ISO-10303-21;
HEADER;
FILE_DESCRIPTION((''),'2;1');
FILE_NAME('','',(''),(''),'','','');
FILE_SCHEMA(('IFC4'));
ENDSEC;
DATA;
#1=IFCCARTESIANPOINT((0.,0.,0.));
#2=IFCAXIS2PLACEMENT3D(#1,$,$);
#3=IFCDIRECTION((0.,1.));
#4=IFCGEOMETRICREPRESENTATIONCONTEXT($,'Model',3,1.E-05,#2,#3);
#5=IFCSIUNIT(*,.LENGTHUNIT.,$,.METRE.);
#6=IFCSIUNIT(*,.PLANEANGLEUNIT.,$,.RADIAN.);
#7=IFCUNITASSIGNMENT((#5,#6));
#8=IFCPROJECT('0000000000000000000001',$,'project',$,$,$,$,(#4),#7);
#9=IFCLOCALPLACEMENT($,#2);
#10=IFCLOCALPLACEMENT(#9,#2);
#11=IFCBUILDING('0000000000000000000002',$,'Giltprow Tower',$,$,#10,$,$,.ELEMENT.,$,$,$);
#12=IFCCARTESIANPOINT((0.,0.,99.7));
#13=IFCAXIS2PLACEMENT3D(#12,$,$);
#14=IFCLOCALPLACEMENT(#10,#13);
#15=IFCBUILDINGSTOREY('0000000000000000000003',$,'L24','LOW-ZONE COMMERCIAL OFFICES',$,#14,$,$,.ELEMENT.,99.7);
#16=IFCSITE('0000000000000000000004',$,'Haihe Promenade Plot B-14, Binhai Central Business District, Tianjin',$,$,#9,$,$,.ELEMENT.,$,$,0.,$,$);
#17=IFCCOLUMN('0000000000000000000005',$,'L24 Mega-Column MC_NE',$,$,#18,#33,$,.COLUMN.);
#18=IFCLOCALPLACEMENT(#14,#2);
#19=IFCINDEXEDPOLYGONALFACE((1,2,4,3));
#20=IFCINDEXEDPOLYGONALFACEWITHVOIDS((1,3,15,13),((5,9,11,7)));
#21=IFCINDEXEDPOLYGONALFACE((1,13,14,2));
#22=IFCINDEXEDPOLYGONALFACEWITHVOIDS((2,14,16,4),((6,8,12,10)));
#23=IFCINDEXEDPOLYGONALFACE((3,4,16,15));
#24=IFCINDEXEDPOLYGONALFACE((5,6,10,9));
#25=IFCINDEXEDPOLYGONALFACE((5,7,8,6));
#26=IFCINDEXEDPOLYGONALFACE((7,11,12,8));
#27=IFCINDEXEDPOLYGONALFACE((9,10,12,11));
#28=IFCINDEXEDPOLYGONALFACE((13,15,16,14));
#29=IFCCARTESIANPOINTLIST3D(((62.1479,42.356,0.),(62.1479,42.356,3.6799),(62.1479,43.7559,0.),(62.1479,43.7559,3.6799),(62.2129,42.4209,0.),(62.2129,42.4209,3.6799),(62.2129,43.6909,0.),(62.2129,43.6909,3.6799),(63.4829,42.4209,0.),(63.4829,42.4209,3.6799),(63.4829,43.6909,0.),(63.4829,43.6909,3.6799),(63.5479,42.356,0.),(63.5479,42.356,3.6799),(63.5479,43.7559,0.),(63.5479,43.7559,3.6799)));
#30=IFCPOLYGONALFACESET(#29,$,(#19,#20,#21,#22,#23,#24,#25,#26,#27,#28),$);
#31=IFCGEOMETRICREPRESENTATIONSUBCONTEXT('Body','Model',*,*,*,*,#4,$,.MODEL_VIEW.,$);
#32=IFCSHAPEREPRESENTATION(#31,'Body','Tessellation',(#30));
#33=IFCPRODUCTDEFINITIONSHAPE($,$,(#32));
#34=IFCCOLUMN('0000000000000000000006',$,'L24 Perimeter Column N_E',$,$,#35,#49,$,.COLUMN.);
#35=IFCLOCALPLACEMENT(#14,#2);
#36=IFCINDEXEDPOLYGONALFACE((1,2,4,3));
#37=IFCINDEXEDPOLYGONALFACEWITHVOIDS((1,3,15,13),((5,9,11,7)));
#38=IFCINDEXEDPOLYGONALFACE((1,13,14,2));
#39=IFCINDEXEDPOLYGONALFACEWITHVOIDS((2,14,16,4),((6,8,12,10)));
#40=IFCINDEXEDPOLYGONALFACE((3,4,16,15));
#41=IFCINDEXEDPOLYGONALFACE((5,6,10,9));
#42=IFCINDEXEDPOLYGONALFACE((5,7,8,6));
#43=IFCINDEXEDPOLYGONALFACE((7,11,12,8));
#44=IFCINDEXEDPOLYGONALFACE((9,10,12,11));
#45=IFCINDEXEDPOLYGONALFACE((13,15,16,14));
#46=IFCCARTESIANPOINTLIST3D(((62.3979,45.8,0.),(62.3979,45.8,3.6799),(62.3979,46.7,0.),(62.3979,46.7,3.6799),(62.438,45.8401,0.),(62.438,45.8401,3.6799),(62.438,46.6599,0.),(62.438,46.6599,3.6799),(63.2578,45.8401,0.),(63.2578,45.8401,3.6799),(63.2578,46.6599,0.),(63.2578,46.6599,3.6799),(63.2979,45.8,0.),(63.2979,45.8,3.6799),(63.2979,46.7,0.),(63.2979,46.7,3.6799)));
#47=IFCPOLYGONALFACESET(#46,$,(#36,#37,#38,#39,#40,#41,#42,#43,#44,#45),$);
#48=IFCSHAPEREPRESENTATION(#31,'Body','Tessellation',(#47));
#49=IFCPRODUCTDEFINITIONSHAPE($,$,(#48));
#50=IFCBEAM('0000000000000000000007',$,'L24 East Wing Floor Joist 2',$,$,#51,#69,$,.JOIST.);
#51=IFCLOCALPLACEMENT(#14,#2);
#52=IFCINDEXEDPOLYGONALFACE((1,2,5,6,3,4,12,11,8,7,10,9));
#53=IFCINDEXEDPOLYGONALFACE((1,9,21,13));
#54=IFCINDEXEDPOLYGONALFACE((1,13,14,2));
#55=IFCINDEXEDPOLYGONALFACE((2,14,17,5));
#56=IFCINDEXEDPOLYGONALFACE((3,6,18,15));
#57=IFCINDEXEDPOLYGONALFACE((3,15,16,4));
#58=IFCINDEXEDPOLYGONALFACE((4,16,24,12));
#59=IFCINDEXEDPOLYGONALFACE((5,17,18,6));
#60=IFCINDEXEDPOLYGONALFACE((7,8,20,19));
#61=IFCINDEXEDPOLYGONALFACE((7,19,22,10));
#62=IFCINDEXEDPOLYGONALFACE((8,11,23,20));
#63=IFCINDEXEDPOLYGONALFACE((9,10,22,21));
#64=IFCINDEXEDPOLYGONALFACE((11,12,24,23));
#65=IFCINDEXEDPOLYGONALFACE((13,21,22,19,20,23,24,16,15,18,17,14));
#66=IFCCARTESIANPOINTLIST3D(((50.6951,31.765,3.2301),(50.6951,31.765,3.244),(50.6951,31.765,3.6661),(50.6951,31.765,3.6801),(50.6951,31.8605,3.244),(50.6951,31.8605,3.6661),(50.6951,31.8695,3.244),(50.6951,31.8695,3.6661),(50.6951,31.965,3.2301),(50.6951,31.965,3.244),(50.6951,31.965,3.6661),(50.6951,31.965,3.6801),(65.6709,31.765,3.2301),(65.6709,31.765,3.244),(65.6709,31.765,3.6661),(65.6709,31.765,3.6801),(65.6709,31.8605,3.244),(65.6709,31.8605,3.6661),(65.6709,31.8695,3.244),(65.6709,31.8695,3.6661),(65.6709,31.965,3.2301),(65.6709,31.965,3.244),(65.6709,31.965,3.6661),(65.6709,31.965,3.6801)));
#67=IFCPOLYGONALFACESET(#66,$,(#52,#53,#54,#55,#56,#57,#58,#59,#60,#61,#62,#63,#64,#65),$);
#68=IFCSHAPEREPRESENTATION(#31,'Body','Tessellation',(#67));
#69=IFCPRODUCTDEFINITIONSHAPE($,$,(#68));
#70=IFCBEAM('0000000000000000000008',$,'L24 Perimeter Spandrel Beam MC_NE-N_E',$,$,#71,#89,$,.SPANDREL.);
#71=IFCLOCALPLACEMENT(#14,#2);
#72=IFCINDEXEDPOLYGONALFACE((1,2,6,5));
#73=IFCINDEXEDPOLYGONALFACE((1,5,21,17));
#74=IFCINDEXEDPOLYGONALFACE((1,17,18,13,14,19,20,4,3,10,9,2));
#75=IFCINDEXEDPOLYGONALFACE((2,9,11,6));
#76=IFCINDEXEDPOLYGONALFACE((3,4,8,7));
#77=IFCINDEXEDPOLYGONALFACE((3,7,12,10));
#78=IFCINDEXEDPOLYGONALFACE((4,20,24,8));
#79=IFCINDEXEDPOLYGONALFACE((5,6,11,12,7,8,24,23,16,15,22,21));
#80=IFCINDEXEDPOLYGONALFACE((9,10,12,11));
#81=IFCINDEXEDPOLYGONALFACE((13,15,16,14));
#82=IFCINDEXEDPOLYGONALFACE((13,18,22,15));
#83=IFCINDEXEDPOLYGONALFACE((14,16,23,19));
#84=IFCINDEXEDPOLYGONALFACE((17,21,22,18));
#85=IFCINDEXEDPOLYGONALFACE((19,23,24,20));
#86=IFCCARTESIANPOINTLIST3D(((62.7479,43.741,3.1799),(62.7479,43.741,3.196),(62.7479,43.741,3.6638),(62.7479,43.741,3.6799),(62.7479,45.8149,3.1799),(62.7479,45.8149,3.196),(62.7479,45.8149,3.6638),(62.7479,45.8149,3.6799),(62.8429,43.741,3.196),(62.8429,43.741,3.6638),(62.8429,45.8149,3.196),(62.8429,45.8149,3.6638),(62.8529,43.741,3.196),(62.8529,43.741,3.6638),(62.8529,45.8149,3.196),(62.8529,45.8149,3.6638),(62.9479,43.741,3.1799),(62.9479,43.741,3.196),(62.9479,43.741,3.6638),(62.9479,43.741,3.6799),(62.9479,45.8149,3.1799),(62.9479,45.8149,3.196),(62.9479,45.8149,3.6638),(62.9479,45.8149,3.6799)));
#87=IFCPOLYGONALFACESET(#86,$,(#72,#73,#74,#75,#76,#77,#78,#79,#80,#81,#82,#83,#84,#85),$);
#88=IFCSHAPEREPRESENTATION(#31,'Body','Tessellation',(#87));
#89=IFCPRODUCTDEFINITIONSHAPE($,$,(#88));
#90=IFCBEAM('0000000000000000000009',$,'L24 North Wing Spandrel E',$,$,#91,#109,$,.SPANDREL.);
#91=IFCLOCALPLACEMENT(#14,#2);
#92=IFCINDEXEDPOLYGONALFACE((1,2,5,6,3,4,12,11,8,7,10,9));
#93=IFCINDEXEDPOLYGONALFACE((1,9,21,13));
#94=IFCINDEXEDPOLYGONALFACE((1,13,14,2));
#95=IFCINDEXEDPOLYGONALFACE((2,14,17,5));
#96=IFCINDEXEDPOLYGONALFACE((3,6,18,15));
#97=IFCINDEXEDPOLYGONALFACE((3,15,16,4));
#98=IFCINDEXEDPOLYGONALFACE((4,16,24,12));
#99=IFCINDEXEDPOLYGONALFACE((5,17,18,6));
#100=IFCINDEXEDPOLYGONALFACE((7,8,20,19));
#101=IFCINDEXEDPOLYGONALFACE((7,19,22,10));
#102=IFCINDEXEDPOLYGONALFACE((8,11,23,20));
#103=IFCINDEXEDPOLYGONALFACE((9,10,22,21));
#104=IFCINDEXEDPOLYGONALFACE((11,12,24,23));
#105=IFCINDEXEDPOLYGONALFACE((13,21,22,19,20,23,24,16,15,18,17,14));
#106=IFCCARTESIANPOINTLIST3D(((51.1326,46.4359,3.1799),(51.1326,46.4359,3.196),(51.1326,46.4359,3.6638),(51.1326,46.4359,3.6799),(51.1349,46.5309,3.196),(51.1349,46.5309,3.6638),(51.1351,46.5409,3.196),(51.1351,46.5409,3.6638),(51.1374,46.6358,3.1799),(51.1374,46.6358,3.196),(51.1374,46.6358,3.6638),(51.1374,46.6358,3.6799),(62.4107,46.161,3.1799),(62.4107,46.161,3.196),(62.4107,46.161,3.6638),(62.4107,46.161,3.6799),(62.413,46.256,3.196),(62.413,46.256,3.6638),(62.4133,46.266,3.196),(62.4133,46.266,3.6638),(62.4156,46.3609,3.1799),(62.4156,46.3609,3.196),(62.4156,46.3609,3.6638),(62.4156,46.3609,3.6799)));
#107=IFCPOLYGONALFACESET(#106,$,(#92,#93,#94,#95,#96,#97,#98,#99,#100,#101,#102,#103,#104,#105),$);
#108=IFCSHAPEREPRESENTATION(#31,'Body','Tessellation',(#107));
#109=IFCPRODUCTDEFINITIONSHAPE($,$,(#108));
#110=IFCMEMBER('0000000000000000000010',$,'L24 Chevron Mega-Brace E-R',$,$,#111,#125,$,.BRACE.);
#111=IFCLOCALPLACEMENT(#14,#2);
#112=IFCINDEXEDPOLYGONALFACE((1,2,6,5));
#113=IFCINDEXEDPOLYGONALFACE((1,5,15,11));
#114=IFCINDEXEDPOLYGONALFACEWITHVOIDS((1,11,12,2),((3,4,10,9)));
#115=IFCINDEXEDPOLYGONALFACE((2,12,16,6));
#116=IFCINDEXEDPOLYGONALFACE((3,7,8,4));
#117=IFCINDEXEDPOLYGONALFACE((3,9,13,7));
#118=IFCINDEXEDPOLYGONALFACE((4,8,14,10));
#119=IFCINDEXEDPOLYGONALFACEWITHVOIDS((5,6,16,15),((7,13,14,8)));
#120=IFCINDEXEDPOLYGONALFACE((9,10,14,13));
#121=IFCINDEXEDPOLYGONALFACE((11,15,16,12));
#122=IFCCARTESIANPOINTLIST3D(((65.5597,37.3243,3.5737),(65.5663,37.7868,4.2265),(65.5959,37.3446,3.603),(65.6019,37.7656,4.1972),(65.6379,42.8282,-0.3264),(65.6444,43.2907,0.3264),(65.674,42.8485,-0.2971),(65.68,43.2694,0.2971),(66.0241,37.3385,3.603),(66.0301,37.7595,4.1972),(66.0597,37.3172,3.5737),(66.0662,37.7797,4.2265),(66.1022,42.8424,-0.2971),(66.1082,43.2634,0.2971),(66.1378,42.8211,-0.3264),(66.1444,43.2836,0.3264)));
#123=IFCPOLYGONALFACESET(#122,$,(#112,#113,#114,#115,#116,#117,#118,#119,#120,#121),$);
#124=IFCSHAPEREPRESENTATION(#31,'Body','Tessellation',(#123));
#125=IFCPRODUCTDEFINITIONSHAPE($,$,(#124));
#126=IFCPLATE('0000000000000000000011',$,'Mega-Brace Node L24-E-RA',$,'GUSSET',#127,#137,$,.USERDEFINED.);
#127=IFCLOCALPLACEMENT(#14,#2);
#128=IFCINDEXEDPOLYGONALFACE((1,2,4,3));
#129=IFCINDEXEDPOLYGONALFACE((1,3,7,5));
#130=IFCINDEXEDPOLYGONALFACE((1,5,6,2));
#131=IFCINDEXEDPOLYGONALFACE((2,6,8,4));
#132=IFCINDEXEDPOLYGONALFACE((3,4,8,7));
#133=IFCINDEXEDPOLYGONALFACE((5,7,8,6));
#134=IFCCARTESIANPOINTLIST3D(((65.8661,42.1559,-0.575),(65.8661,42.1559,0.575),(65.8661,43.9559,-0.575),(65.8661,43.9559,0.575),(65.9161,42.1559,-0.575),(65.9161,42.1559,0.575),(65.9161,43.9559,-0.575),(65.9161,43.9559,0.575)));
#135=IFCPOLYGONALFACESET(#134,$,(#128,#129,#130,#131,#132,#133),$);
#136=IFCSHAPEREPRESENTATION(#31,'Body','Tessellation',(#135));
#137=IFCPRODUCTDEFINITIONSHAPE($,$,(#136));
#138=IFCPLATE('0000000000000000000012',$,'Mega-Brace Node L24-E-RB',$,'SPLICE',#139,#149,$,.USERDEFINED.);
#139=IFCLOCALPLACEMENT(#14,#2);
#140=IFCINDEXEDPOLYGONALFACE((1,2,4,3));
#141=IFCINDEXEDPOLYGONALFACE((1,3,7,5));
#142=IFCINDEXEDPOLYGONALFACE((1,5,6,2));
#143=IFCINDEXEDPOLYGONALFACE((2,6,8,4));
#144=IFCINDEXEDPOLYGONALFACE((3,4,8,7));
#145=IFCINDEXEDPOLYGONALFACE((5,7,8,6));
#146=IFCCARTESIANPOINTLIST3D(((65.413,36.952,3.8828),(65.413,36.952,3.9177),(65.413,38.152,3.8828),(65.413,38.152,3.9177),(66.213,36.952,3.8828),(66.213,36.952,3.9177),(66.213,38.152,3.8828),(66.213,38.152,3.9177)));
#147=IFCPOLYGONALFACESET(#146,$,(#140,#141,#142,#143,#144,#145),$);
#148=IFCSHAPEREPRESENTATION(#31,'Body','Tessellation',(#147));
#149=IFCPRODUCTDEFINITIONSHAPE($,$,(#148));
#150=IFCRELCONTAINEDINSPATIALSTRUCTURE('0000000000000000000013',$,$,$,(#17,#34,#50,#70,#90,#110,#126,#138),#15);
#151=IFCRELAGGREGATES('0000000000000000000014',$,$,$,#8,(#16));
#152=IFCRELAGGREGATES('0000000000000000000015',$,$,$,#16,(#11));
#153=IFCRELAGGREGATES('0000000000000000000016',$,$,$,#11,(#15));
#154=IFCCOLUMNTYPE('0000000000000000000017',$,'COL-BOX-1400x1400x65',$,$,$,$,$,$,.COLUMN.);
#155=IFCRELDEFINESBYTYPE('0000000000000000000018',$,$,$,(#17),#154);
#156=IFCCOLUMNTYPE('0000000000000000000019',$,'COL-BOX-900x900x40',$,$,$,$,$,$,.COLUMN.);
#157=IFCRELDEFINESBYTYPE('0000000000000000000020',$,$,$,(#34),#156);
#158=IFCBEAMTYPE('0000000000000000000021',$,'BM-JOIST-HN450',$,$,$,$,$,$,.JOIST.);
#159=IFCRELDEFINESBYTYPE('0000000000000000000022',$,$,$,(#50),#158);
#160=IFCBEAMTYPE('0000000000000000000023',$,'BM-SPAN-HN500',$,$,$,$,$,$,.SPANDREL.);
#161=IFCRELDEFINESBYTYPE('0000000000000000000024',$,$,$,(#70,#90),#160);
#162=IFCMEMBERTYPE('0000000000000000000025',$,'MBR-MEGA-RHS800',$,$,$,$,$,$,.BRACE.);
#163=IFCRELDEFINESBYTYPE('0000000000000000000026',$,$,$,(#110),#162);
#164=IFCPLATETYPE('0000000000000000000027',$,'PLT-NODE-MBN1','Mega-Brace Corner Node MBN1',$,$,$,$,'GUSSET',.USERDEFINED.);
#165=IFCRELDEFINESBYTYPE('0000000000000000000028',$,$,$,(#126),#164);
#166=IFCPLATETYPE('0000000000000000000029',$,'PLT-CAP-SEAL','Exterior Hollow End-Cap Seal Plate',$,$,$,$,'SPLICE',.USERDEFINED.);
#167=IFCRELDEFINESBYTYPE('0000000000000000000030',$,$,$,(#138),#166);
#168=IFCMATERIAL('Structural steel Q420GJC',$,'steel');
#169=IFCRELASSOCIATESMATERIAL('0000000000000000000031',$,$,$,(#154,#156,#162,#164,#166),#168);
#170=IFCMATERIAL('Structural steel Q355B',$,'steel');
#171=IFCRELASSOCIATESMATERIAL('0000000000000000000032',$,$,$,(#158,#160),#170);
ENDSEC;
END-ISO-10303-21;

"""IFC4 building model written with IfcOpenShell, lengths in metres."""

from ifc_helpers import new_model, si_unit, direction, frame, origin, origin_2d, place, context, subcontext, project, spatial, rectangle, hollow_rectangle, i_section, extrude, source, transform, mapped, material, material_profile, profile_set, type_object, element, save


model = new_model("IFC4")

# Units and contexts
model_context = context("Model", 3, precision=1e-05, world=origin(), true_north=direction((0.0, 1.0)))
body_context = subcontext(model_context, "Body", "Model", "MODEL_VIEW")
ifc_project = project(units=[si_unit("LENGTHUNIT", "METRE"), si_unit("PLANEANGLEUNIT", "RADIAN")], contexts=[model_context])

# Site, building, storey
site_placement = place(None, origin())
site = spatial("IfcSite", under=ifc_project, at=site_placement, Name="Haihe Promenade Plot B-14, Binhai Central Business District, Tianjin", CompositionType="ELEMENT", RefElevation=0.0)
building_placement = place(site_placement, origin())
building = spatial("IfcBuilding", under=site, at=building_placement, Name="Giltprow Tower", CompositionType="ELEMENT")
storey_placement = place(building_placement, frame((0.0, 0.0, 99.7)))
storey = spatial("IfcBuildingStorey", under=building, at=storey_placement, Name="L24", Description="LOW-ZONE COMMERCIAL OFFICES", CompositionType="ELEMENT", Elevation=99.7)

# Columns
ifc_material_1 = material(Name="Structural steel Q420GJC", Category="steel")
ifc_material_profile_1 = material_profile(ifc_material_1, hollow_rectangle(XDim=1.3999, YDim=1.3999, WallThickness=0.0649, at=origin_2d()), Name="BOX 1400x1400x65")
ifc_profile_set_1 = profile_set([ifc_material_profile_1], Name="Structural steel Q420GJC")
column_type_1 = type_object("IfcColumnType", Name="COL-BOX-1400x1400x65", PredefinedType="COLUMN", material=ifc_profile_set_1)
shared_shape_1 = source(origin(), body_context, "Body", "SweptSolid", [
    extrude(hollow_rectangle(XDim=1.3999, YDim=1.3999, WallThickness=0.0649, at=origin_2d()), origin(), (0.0, 0.0, 1.0), 3.6799),
])
column_1_placement = place(storey_placement, frame((62.8479, 43.0559, 0.0), z_axis=(0.0, 0.0, 1.0), x_axis=(1.0, 0.0, 0.0)))
element("IfcColumn", 1, at=column_1_placement, inside=storey, type_object=column_type_1, Name="L24 Mega-Column MC_NE", PredefinedType="COLUMN", context=body_context, shape_type="MappedRepresentation", body=[
    mapped(shared_shape_1, transform((0.0, 0.0, 0.0), x_axis=(1.0, 0.0, 0.0), y_axis=(0.0, 1.0, 0.0), z_axis=(0.0, 0.0, 1.0), scale=1.0)),
])
ifc_material_profile_2 = material_profile(ifc_material_1, hollow_rectangle(XDim=0.8999, YDim=0.8999, WallThickness=0.04, at=origin_2d()), Name="BOX 900x900x40")
ifc_profile_set_2 = profile_set([ifc_material_profile_2], Name="Structural steel Q420GJC")
column_type_2 = type_object("IfcColumnType", Name="COL-BOX-900x900x40", PredefinedType="COLUMN", material=ifc_profile_set_2)
shared_shape_2 = source(origin(), body_context, "Body", "SweptSolid", [
    extrude(hollow_rectangle(XDim=0.8999, YDim=0.8999, WallThickness=0.04, at=origin_2d()), origin(), (0.0, 0.0, 1.0), 3.6799),
])
column_2_placement = place(storey_placement, frame((62.8479, 46.25, 0.0), z_axis=(0.0, 0.0, 1.0), x_axis=(1.0, 0.0, 0.0)))
element("IfcColumn", 2, at=column_2_placement, inside=storey, type_object=column_type_2, Name="L24 Perimeter Column N_E", PredefinedType="COLUMN", context=body_context, shape_type="MappedRepresentation", body=[
    mapped(shared_shape_2, transform((0.0, 0.0, 0.0), x_axis=(1.0, 0.0, 0.0), y_axis=(0.0, 1.0, 0.0), z_axis=(0.0, 0.0, 1.0), scale=1.0)),
])

# Beams
ifc_material_2 = material(Name="Structural steel Q355B", Category="steel")
ifc_material_profile_3 = material_profile(ifc_material_2, i_section(OverallWidth=0.2, OverallDepth=0.45, WebThickness=0.009, FlangeThickness=0.0139, at=origin_2d()), Name="HN 450x200x9x14")
ifc_profile_set_3 = profile_set([ifc_material_profile_3], Name="Structural steel Q355B")
beam_type_1 = type_object("IfcBeamType", Name="BM-JOIST-HN450", PredefinedType="JOIST", material=ifc_profile_set_3)
shared_shape_3 = source(origin(), body_context, "Body", "SweptSolid", [
    extrude(i_section(OverallWidth=0.2, OverallDepth=0.45, WebThickness=0.009, FlangeThickness=0.0139, at=origin_2d()), origin(), (0.0, 0.0, 1.0), 14.9758),
])
beam_1_placement = place(storey_placement, frame((50.6951, 31.865, 3.4551), z_axis=(1.0, 0.0, 0.0), x_axis=(0.0, 1.0, 0.0)))
element("IfcBeam", 3, at=beam_1_placement, inside=storey, type_object=beam_type_1, Name="L24 East Wing Floor Joist 2", PredefinedType="JOIST", context=body_context, shape_type="MappedRepresentation", body=[
    mapped(shared_shape_3, transform((0.0, 0.0, 0.0), x_axis=(1.0, 0.0, 0.0), y_axis=(0.0, 1.0, 0.0), z_axis=(0.0, 0.0, 1.0), scale=1.0)),
])
ifc_material_profile_4 = material_profile(ifc_material_2, i_section(OverallWidth=0.2, OverallDepth=0.5, WebThickness=0.01, FlangeThickness=0.0161, at=origin_2d()), Name="HN 500x200x10x16")
ifc_profile_set_4 = profile_set([ifc_material_profile_4], Name="Structural steel Q355B")
beam_type_2 = type_object("IfcBeamType", Name="BM-SPAN-HN500", PredefinedType="SPANDREL", material=ifc_profile_set_4)
shared_shape_4 = source(origin(), body_context, "Body", "SweptSolid", [
    extrude(i_section(OverallWidth=0.2, OverallDepth=0.5, WebThickness=0.01, FlangeThickness=0.0161, at=origin_2d()), origin(), (0.0, 0.0, 1.0), 2.074),
])
beam_2_placement = place(storey_placement, frame((62.8479, 43.741, 3.4299), z_axis=(0.0, 1.0, 0.0), x_axis=(-1.0, 0.0, 0.0)))
element("IfcBeam", 4, at=beam_2_placement, inside=storey, type_object=beam_type_2, Name="L24 Perimeter Spandrel Beam MC_NE-N_E", PredefinedType="SPANDREL", context=body_context, shape_type="MappedRepresentation", body=[
    mapped(shared_shape_4, transform((0.0, 0.0, 0.0), x_axis=(1.0, 0.0, 0.0), y_axis=(0.0, 1.0, 0.0), z_axis=(0.0, 0.0, 1.0), scale=1.0)),
])
shared_shape_5 = source(origin(), body_context, "Body", "SweptSolid", [
    extrude(i_section(OverallWidth=0.2, OverallDepth=0.5, WebThickness=0.01, FlangeThickness=0.0161, at=origin_2d()), origin(), (0.0, 0.0, 1.0), 11.2815),
])
beam_3_placement = place(storey_placement, frame((51.135, 46.5359, 3.4299), z_axis=(0.999703, -0.024368, 0.0), x_axis=(0.024368, 0.999703, 0.0)))
element("IfcBeam", 5, at=beam_3_placement, inside=storey, type_object=beam_type_2, Name="L24 North Wing Spandrel E", PredefinedType="SPANDREL", context=body_context, shape_type="MappedRepresentation", body=[
    mapped(shared_shape_5, transform((0.0, 0.0, 0.0), x_axis=(1.0, 0.0, 0.0), y_axis=(0.0, 1.0, 0.0), z_axis=(0.0, 0.0, 1.0), scale=1.0)),
])

# Member
ifc_material_profile_5 = material_profile(ifc_material_1, hollow_rectangle(XDim=0.5, YDim=0.8, WallThickness=0.0359, at=origin_2d()), Name="RHS 800x500x36")
ifc_profile_set_5 = profile_set([ifc_material_profile_5], Name="Structural steel Q420GJC")
member_type = type_object("IfcMemberType", Name="MBR-MEGA-RHS800", PredefinedType="BRACE", material=ifc_profile_set_5)
shared_shape_6 = source(origin(), body_context, "Body", "SweptSolid", [
    extrude(hollow_rectangle(XDim=0.5, YDim=0.8, WallThickness=0.0359, at=origin_2d()), origin(), (0.0, 0.0, 1.0), 6.7461),
])
member_placement = place(storey_placement, frame((65.8911, 43.0559, 0.0), z_axis=(-0.011581, -0.815862, 0.578131), x_axis=(0.999899, -0.014193, 0.0)))
element("IfcMember", 6, at=member_placement, inside=storey, type_object=member_type, Name="L24 Chevron Mega-Brace E-R", PredefinedType="BRACE", context=body_context, shape_type="MappedRepresentation", body=[
    mapped(shared_shape_6, transform((0.0, 0.0, 0.0), x_axis=(1.0, 0.0, 0.0), y_axis=(0.0, 1.0, 0.0), z_axis=(0.0, 0.0, 1.0), scale=1.0)),
])

# Plates
plate_type_1 = type_object("IfcPlateType", Name="PLT-NODE-MBN1", Description="Mega-Brace Corner Node MBN1", ElementType="GUSSET", PredefinedType="USERDEFINED", material=ifc_material_1)
shared_shape_7 = source(origin(), body_context, "Body", "SweptSolid", [
    extrude(rectangle(XDim=1.8, YDim=0.05, at=origin_2d()), origin(), (0.0, 0.0, 1.0), 1.1499),
])
plate_1_placement = place(storey_placement, frame((65.8911, 43.0559, -0.575), z_axis=(0.0, 0.0, 1.0), x_axis=(0.0, 1.0, 0.0)))
element("IfcPlate", 7, at=plate_1_placement, inside=storey, type_object=plate_type_1, Name="Mega-Brace Node L24-E-RA", ObjectType="GUSSET", PredefinedType="USERDEFINED", context=body_context, shape_type="MappedRepresentation", body=[
    mapped(shared_shape_7, transform((0.0, 0.0, 0.0), x_axis=(1.0, 0.0, 0.0), y_axis=(0.0, 1.0, 0.0), z_axis=(0.0, 0.0, 1.0), scale=1.0)),
])
plate_type_2 = type_object("IfcPlateType", Name="PLT-CAP-SEAL", Description="Exterior Hollow End-Cap Seal Plate", ElementType="SPLICE", PredefinedType="USERDEFINED", material=ifc_material_1)
shared_shape_8 = source(origin(), body_context, "Body", "SweptSolid", [
    extrude(rectangle(XDim=1.2, YDim=0.8, at=origin_2d()), origin(), (0.0, 0.0, 1.0), 0.0349),
])
plate_2_placement = place(storey_placement, frame((65.813, 37.552, 3.8828), z_axis=(0.0, 0.0, 1.0), x_axis=(0.0, 1.0, 0.0)))
element("IfcPlate", 8, at=plate_2_placement, inside=storey, type_object=plate_type_2, Name="Mega-Brace Node L24-E-RB", ObjectType="SPLICE", PredefinedType="USERDEFINED", context=body_context, shape_type="MappedRepresentation", body=[
    mapped(shared_shape_8, transform((0.0, 0.0, 0.0), x_axis=(1.0, 0.0, 0.0), y_axis=(0.0, 1.0, 0.0), z_axis=(0.0, 0.0, 1.0), scale=1.0)),
])

save(model, "model.ifc")
